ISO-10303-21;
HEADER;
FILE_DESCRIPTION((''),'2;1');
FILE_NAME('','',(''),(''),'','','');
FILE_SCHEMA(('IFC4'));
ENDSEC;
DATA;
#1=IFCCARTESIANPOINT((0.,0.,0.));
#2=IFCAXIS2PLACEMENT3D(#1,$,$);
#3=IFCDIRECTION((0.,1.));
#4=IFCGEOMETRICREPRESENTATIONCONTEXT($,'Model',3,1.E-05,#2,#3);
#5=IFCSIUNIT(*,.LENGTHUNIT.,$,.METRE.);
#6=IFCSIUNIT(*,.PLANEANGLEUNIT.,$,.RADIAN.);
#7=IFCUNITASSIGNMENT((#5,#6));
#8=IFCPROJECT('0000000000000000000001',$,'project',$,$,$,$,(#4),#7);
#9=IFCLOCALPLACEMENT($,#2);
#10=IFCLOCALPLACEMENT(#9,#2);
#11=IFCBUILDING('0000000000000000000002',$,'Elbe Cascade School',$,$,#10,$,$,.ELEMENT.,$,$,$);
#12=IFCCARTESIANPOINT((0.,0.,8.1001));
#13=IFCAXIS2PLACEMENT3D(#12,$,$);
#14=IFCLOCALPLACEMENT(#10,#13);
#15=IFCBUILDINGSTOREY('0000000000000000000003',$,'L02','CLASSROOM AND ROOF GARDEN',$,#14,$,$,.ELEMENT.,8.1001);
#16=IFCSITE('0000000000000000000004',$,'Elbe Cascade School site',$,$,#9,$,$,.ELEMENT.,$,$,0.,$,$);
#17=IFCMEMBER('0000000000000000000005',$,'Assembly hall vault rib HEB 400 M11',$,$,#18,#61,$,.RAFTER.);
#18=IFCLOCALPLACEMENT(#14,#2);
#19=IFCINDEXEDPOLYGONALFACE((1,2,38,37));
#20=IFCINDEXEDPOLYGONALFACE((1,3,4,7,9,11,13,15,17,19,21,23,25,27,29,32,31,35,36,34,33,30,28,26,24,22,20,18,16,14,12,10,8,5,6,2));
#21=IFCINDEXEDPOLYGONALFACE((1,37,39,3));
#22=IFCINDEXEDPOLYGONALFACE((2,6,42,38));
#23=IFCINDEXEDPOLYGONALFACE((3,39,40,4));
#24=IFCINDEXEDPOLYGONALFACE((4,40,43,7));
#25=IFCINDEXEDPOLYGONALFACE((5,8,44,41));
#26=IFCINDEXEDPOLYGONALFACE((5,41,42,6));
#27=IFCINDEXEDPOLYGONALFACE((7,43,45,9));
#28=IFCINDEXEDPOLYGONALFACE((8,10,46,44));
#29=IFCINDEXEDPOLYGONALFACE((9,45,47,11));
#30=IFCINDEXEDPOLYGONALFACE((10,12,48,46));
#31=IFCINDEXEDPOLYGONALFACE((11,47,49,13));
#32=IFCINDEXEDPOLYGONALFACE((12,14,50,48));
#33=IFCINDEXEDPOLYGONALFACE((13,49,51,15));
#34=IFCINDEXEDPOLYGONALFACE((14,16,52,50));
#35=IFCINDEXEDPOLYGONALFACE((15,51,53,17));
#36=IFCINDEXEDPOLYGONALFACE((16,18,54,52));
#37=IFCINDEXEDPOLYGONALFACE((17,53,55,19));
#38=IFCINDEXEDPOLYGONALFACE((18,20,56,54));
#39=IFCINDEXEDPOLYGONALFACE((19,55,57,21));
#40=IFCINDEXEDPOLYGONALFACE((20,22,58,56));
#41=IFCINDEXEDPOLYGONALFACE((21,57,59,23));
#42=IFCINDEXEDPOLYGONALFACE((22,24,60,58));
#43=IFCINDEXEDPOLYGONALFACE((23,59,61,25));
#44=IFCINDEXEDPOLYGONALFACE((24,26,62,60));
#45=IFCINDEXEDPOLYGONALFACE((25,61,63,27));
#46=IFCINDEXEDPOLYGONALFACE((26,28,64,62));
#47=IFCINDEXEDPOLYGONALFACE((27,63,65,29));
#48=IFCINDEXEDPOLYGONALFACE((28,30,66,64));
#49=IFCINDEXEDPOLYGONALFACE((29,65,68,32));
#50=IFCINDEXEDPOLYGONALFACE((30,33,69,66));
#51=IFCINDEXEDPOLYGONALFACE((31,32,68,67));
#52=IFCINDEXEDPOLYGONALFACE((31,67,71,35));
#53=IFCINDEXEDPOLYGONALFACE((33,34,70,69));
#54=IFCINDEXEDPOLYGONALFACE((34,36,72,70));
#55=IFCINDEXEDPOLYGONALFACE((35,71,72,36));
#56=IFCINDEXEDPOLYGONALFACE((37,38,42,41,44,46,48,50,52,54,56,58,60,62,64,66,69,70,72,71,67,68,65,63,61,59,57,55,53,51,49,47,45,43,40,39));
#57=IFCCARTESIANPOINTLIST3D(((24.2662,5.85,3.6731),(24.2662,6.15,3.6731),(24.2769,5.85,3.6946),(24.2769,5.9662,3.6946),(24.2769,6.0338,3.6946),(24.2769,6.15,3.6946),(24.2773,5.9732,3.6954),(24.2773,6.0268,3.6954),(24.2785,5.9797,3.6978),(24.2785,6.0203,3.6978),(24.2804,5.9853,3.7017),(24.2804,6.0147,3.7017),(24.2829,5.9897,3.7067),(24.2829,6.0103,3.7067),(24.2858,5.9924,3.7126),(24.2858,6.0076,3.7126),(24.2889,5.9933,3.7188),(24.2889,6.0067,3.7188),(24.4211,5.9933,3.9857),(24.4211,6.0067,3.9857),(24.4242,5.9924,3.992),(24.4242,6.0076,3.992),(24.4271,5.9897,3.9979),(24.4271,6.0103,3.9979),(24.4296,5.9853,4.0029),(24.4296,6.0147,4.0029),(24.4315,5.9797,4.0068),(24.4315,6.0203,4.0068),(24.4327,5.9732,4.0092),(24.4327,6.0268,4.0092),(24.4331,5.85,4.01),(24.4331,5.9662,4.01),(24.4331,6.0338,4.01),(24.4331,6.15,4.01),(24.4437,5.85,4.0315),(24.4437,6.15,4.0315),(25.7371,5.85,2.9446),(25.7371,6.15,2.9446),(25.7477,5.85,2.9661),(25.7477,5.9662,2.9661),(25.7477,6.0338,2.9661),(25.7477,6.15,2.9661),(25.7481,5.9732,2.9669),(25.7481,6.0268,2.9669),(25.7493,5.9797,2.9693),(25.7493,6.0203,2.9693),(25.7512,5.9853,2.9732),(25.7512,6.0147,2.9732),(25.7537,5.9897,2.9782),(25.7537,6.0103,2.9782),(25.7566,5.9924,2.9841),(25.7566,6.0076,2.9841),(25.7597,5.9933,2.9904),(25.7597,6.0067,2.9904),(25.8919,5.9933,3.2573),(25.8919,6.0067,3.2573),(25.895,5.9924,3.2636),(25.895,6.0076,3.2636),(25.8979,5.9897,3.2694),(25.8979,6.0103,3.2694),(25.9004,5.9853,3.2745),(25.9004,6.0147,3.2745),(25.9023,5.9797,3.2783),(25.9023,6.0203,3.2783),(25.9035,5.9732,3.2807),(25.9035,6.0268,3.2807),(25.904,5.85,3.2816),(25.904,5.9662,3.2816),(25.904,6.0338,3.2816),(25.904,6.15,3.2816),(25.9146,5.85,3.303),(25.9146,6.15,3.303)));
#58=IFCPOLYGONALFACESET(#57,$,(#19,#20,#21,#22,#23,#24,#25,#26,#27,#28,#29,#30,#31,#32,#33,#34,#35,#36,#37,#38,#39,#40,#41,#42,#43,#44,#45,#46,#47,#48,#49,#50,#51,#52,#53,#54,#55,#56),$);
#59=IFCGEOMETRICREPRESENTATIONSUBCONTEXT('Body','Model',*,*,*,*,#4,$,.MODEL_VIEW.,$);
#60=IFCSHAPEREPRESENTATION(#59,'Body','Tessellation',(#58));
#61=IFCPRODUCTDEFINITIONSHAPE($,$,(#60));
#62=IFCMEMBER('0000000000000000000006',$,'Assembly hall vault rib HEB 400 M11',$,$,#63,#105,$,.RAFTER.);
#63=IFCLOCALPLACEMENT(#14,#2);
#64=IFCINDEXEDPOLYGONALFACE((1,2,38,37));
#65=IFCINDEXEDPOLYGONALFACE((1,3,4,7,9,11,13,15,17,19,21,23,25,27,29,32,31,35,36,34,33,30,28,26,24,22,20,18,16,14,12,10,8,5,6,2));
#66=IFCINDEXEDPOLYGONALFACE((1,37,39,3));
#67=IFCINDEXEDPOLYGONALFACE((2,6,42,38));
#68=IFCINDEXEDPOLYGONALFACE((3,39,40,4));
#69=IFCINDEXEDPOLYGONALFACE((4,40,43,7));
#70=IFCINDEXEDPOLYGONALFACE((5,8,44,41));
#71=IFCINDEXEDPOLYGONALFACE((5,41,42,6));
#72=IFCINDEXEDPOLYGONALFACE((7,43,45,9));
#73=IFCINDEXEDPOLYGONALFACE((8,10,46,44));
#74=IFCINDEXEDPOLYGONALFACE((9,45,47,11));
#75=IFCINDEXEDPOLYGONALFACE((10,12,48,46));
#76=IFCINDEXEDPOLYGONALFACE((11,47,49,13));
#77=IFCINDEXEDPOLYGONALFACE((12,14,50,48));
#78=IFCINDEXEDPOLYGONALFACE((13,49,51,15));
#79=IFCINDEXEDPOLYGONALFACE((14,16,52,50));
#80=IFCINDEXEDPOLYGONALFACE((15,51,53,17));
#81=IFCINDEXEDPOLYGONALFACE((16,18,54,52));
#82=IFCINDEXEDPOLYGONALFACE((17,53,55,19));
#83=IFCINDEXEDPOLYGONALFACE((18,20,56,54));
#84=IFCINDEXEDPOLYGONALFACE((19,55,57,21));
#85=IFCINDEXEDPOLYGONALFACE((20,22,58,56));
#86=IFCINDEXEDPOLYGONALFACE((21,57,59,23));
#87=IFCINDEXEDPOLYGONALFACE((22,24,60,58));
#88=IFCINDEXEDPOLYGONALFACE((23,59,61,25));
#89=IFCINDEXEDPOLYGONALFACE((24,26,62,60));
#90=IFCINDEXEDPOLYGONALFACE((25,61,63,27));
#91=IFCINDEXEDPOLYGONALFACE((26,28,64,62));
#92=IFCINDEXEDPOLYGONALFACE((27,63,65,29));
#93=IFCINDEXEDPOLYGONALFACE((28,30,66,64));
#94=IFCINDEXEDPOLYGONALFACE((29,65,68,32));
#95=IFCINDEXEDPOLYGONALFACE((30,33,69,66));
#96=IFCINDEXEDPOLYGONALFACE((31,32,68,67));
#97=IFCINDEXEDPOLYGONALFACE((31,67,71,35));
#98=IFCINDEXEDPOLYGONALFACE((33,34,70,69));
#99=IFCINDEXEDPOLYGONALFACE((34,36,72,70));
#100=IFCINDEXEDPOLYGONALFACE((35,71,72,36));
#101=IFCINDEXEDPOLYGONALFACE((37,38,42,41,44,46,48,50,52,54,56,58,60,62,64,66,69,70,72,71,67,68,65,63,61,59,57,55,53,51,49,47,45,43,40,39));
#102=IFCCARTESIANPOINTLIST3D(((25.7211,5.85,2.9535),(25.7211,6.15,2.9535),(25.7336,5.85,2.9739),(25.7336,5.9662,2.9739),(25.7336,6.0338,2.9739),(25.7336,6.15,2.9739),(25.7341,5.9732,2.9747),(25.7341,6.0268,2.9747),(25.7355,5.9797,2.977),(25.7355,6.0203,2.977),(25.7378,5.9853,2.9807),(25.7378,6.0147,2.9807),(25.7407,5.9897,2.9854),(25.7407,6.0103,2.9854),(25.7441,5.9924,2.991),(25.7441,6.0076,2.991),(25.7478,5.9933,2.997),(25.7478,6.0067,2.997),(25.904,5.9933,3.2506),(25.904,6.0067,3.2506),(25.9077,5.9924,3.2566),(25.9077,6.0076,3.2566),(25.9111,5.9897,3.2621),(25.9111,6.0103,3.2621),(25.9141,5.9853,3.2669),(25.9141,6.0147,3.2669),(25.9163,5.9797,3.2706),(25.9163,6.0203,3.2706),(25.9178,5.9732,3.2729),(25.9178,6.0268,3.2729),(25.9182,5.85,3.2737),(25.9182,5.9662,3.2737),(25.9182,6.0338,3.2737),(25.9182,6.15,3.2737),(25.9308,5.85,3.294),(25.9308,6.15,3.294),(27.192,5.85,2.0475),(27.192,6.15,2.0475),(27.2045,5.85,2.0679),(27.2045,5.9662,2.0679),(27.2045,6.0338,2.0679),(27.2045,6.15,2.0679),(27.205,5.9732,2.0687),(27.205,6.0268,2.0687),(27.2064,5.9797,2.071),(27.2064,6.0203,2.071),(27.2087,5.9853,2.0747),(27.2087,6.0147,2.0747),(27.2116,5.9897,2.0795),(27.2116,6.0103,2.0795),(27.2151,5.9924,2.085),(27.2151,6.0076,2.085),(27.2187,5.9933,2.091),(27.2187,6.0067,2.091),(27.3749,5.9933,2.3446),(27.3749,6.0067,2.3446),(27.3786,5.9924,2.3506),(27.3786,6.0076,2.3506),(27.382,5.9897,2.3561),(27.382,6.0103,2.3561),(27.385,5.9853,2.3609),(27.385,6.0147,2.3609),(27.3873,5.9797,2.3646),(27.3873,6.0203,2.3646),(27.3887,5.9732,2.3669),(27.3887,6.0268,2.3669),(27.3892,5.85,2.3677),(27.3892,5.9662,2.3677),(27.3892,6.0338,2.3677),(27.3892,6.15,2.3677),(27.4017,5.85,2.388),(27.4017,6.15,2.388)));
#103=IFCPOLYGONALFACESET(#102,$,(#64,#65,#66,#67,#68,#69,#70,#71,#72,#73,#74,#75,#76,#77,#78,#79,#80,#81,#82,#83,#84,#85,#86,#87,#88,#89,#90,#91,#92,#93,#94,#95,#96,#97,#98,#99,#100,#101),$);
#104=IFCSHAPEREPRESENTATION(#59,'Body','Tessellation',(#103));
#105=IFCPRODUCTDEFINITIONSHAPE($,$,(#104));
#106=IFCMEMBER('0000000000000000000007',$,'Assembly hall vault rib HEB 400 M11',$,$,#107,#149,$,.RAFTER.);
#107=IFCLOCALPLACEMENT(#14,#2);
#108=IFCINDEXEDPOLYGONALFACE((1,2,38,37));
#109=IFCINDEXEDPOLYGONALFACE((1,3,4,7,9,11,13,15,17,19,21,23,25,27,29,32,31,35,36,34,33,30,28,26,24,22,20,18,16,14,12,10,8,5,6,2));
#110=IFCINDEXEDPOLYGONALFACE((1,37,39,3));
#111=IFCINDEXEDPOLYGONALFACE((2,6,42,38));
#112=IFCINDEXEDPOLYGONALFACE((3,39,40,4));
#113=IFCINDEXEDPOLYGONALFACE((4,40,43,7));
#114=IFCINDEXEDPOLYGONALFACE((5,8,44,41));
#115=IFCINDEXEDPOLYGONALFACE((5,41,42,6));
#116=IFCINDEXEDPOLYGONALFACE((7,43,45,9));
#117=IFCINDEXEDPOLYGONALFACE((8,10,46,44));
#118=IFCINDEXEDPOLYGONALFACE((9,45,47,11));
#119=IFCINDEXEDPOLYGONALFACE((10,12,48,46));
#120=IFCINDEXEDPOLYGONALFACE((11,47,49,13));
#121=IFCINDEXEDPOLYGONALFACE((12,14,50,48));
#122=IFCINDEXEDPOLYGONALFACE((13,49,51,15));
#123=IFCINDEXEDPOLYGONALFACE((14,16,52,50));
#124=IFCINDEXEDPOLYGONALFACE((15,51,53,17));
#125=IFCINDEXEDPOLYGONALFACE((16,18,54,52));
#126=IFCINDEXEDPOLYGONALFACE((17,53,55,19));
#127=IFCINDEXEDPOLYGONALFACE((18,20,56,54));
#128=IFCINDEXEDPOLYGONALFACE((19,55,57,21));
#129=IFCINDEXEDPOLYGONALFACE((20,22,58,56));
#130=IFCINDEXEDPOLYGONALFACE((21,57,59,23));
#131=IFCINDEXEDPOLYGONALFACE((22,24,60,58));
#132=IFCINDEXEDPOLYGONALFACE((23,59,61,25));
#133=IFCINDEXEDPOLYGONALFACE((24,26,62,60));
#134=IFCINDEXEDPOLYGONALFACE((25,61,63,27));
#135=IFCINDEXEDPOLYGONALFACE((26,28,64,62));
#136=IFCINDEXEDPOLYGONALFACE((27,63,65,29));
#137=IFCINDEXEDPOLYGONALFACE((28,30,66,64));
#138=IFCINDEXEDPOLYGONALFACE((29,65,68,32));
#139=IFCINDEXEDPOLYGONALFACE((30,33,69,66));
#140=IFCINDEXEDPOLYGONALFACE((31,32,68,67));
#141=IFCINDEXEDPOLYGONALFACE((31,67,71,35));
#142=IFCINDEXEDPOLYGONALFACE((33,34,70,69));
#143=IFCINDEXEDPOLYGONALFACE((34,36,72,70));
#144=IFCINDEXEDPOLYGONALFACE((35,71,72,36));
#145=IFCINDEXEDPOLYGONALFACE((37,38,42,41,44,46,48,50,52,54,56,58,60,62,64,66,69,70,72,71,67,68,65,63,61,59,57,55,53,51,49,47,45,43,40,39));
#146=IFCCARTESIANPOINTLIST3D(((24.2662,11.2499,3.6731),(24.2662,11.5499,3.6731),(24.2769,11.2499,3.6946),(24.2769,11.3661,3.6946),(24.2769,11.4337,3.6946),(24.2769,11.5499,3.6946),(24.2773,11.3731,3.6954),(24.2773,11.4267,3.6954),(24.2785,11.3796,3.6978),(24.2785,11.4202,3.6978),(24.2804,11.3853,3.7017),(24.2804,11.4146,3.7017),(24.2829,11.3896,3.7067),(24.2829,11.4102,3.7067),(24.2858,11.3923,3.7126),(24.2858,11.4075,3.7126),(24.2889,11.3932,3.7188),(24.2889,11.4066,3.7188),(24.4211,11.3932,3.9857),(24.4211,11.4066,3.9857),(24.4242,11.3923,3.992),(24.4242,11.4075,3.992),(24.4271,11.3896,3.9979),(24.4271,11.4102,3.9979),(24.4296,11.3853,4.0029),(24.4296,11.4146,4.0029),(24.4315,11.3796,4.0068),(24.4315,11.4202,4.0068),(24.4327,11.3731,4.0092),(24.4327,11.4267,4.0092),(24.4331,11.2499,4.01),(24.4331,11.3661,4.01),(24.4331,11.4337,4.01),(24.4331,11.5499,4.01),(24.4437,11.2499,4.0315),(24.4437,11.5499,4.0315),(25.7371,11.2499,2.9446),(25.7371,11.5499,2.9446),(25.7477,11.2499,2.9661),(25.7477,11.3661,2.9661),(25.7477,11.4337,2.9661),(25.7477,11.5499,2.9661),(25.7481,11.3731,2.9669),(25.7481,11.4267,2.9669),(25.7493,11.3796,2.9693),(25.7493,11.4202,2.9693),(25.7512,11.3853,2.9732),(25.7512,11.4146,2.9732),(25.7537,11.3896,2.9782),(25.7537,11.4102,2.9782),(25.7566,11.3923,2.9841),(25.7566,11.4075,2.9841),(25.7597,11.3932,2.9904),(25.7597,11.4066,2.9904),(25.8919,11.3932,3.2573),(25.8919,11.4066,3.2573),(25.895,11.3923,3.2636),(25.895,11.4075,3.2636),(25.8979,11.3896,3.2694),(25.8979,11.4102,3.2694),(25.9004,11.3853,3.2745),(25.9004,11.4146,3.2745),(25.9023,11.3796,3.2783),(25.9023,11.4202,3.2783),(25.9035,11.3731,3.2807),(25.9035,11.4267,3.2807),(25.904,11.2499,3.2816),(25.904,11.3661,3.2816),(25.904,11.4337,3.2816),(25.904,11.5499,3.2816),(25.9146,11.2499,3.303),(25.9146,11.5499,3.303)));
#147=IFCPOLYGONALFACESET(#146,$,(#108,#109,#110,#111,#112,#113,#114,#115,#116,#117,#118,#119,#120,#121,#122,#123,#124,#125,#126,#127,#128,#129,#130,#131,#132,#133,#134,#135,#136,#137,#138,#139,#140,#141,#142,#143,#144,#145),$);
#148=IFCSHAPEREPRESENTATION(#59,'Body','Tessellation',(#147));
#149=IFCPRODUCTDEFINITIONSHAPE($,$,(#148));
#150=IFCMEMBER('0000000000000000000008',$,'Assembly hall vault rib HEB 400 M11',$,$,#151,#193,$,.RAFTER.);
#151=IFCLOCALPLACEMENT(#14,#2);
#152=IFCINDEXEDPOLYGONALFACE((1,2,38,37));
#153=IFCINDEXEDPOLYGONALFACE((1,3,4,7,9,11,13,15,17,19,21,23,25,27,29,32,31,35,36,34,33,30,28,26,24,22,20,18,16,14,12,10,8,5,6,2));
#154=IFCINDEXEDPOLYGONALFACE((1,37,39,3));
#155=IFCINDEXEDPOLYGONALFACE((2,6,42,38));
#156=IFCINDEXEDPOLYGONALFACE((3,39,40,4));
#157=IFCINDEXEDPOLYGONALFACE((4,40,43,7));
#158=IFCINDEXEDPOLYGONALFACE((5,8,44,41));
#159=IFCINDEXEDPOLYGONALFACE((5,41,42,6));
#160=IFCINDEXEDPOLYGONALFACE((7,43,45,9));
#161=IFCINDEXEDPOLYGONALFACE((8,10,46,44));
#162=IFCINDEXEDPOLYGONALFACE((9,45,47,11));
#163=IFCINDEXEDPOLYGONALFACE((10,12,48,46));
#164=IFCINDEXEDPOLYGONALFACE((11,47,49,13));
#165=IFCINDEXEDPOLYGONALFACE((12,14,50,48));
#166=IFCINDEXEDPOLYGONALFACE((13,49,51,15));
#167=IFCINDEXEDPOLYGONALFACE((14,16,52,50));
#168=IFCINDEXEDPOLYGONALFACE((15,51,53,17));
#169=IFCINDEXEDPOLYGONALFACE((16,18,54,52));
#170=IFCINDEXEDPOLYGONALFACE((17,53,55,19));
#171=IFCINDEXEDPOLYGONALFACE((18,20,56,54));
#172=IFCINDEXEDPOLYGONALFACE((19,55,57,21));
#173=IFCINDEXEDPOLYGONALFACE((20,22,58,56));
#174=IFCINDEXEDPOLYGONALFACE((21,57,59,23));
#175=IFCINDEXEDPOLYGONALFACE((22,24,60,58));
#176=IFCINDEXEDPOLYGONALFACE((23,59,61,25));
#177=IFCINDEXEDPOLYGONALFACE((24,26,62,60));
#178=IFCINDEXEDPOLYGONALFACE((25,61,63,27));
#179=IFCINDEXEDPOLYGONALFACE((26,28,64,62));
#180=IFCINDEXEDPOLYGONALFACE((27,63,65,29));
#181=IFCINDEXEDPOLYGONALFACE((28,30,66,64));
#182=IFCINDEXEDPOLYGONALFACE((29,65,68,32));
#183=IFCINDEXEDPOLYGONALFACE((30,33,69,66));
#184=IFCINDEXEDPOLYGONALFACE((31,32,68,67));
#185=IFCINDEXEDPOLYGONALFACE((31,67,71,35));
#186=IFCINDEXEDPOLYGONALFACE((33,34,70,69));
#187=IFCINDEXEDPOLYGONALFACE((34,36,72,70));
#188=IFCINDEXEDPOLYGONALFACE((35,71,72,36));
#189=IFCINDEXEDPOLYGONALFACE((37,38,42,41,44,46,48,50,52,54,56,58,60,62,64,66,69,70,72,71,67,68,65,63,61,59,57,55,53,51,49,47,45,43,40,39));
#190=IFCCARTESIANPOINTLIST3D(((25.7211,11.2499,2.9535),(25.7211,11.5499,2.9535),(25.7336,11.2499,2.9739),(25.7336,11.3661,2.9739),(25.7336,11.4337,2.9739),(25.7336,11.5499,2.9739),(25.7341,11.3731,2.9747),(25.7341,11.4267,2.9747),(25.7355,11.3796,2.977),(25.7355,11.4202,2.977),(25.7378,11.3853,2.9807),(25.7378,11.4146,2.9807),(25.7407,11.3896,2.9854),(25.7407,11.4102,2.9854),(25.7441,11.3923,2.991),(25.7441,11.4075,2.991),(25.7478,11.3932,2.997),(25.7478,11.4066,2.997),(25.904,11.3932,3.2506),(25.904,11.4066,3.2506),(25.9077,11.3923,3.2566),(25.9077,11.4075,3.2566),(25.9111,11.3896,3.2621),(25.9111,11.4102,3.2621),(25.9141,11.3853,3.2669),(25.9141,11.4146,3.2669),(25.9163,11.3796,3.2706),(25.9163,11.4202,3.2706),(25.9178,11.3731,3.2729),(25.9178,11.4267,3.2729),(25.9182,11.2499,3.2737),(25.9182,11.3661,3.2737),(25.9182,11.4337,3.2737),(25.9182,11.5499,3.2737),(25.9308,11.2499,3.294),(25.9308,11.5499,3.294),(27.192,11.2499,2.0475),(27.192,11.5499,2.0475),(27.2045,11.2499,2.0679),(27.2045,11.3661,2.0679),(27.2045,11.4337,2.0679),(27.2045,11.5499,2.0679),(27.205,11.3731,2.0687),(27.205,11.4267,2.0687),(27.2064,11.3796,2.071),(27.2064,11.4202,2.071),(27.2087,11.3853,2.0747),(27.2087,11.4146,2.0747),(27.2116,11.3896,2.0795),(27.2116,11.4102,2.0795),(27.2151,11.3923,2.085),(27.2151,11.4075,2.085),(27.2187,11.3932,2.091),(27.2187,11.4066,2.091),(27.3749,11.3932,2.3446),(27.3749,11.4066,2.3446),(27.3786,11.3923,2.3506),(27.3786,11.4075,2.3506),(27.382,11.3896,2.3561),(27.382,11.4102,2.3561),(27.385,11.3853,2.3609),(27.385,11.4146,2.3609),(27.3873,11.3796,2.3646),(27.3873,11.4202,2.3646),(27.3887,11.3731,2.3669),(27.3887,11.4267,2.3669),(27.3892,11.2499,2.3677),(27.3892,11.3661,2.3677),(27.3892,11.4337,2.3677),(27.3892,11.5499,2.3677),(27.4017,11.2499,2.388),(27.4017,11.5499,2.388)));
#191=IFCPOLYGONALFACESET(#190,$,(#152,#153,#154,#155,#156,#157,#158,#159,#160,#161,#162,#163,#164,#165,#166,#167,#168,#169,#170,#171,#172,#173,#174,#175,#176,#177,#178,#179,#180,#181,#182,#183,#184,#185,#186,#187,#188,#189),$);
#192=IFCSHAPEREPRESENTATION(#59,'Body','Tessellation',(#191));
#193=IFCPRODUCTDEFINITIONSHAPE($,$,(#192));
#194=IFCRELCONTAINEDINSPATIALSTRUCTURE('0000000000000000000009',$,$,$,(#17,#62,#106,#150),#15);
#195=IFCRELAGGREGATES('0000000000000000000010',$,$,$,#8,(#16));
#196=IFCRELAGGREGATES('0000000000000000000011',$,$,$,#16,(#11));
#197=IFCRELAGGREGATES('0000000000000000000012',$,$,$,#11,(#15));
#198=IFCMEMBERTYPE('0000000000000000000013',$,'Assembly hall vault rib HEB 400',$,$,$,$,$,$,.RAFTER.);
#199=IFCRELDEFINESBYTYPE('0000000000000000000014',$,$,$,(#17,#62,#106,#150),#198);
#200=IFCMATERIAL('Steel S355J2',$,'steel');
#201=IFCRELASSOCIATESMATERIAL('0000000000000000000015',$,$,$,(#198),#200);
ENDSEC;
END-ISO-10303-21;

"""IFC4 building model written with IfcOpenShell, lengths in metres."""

from ifc_helpers import new_model, si_unit, direction, frame, origin, origin_2d, place, context, subcontext, project, spatial, i_section, extrude, material, material_profile, profile_set, type_object, element, save


model = new_model("IFC4")

# Units and contexts
model_context = context("Model", 3, precision=1e-05, world=origin(), true_north=direction((0.0, 1.0)))
body_context = subcontext(model_context, "Body", "Model", "MODEL_VIEW")
ifc_project = project(units=[si_unit("LENGTHUNIT", "METRE"), si_unit("PLANEANGLEUNIT", "RADIAN")], contexts=[model_context])

# Site, building, storey
site_placement = place(None, origin())
site = spatial("IfcSite", under=ifc_project, at=site_placement, Name="Elbe Cascade School site", CompositionType="ELEMENT", RefElevation=0.0)
building_placement = place(site_placement, origin())
building = spatial("IfcBuilding", under=site, at=building_placement, Name="Elbe Cascade School", CompositionType="ELEMENT")
storey_placement = place(building_placement, frame((0.0, 0.0, 8.1001)))
storey = spatial("IfcBuildingStorey", under=building, at=storey_placement, Name="L02", Description="CLASSROOM AND ROOF GARDEN", CompositionType="ELEMENT", Elevation=8.1001)

# Members
ifc_material_1 = material(Name="Steel S355J2", Category="steel")
ifc_material_profile_1 = material_profile(ifc_material_1, i_section(OverallWidth=0.3, OverallDepth=0.3999, WebThickness=0.0134, FlangeThickness=0.0239, FilletRadius=0.0271, at=origin_2d()), Name="HEB 400")
ifc_profile_set_1 = profile_set([ifc_material_profile_1], Name="Steel S355J2")
member_type_1 = type_object("IfcMemberType", Name="Assembly hall vault rib HEB 400", PredefinedType="RAFTER", material=ifc_profile_set_1)
member_1_placement = place(storey_placement, frame((24.355, 6.0, 3.8523), z_axis=(0.896116, 0.0, -0.443819), x_axis=(0.0, 1.0, 0.0)))
element("IfcMember", 1, at=member_1_placement, inside=storey, type_object=member_type_1, Name="Assembly hall vault rib HEB 400 M11", PredefinedType="RAFTER", context=body_context, shape_type="SweptSolid", body=[
    extrude(i_section(OverallWidth=0.3, OverallDepth=0.3999, WebThickness=0.0134, FlangeThickness=0.0239, FilletRadius=0.0271, at=origin_2d()), origin(), (0.0, 0.0, 1.0), 1.6414),
])
member_2_placement = place(storey_placement, frame((25.8259, 6.0, 3.1238), z_axis=(0.85145, 0.0, -0.524436), x_axis=(0.0, 1.0, 0.0)))
element("IfcMember", 2, at=member_2_placement, inside=storey, type_object=member_type_1, Name="Assembly hall vault rib HEB 400 M11", PredefinedType="RAFTER", context=body_context, shape_type="SweptSolid", body=[
    extrude(i_section(OverallWidth=0.3, OverallDepth=0.3999, WebThickness=0.0134, FlangeThickness=0.0239, FilletRadius=0.0271, at=origin_2d()), origin(), (0.0, 0.0, 1.0), 1.7275),
])
member_3_placement = place(storey_placement, frame((24.355, 11.3999, 3.8523), z_axis=(0.896116, 0.0, -0.443819), x_axis=(0.0, 1.0, 0.0)))
element("IfcMember", 3, at=member_3_placement, inside=storey, type_object=member_type_1, Name="Assembly hall vault rib HEB 400 M11", PredefinedType="RAFTER", context=body_context, shape_type="SweptSolid", body=[
    extrude(i_section(OverallWidth=0.3, OverallDepth=0.3999, WebThickness=0.0134, FlangeThickness=0.0239, FilletRadius=0.0271, at=origin_2d()), origin(), (0.0, 0.0, 1.0), 1.6414),
])
member_4_placement = place(storey_placement, frame((25.8259, 11.3999, 3.1238), z_axis=(0.85145, 0.0, -0.524436), x_axis=(0.0, 1.0, 0.0)))
element("IfcMember", 4, at=member_4_placement, inside=storey, type_object=member_type_1, Name="Assembly hall vault rib HEB 400 M11", PredefinedType="RAFTER", context=body_context, shape_type="SweptSolid", body=[
    extrude(i_section(OverallWidth=0.3, OverallDepth=0.3999, WebThickness=0.0134, FlangeThickness=0.0239, FilletRadius=0.0271, at=origin_2d()), origin(), (0.0, 0.0, 1.0), 1.7275),
])

save(model, "model.ifc")
